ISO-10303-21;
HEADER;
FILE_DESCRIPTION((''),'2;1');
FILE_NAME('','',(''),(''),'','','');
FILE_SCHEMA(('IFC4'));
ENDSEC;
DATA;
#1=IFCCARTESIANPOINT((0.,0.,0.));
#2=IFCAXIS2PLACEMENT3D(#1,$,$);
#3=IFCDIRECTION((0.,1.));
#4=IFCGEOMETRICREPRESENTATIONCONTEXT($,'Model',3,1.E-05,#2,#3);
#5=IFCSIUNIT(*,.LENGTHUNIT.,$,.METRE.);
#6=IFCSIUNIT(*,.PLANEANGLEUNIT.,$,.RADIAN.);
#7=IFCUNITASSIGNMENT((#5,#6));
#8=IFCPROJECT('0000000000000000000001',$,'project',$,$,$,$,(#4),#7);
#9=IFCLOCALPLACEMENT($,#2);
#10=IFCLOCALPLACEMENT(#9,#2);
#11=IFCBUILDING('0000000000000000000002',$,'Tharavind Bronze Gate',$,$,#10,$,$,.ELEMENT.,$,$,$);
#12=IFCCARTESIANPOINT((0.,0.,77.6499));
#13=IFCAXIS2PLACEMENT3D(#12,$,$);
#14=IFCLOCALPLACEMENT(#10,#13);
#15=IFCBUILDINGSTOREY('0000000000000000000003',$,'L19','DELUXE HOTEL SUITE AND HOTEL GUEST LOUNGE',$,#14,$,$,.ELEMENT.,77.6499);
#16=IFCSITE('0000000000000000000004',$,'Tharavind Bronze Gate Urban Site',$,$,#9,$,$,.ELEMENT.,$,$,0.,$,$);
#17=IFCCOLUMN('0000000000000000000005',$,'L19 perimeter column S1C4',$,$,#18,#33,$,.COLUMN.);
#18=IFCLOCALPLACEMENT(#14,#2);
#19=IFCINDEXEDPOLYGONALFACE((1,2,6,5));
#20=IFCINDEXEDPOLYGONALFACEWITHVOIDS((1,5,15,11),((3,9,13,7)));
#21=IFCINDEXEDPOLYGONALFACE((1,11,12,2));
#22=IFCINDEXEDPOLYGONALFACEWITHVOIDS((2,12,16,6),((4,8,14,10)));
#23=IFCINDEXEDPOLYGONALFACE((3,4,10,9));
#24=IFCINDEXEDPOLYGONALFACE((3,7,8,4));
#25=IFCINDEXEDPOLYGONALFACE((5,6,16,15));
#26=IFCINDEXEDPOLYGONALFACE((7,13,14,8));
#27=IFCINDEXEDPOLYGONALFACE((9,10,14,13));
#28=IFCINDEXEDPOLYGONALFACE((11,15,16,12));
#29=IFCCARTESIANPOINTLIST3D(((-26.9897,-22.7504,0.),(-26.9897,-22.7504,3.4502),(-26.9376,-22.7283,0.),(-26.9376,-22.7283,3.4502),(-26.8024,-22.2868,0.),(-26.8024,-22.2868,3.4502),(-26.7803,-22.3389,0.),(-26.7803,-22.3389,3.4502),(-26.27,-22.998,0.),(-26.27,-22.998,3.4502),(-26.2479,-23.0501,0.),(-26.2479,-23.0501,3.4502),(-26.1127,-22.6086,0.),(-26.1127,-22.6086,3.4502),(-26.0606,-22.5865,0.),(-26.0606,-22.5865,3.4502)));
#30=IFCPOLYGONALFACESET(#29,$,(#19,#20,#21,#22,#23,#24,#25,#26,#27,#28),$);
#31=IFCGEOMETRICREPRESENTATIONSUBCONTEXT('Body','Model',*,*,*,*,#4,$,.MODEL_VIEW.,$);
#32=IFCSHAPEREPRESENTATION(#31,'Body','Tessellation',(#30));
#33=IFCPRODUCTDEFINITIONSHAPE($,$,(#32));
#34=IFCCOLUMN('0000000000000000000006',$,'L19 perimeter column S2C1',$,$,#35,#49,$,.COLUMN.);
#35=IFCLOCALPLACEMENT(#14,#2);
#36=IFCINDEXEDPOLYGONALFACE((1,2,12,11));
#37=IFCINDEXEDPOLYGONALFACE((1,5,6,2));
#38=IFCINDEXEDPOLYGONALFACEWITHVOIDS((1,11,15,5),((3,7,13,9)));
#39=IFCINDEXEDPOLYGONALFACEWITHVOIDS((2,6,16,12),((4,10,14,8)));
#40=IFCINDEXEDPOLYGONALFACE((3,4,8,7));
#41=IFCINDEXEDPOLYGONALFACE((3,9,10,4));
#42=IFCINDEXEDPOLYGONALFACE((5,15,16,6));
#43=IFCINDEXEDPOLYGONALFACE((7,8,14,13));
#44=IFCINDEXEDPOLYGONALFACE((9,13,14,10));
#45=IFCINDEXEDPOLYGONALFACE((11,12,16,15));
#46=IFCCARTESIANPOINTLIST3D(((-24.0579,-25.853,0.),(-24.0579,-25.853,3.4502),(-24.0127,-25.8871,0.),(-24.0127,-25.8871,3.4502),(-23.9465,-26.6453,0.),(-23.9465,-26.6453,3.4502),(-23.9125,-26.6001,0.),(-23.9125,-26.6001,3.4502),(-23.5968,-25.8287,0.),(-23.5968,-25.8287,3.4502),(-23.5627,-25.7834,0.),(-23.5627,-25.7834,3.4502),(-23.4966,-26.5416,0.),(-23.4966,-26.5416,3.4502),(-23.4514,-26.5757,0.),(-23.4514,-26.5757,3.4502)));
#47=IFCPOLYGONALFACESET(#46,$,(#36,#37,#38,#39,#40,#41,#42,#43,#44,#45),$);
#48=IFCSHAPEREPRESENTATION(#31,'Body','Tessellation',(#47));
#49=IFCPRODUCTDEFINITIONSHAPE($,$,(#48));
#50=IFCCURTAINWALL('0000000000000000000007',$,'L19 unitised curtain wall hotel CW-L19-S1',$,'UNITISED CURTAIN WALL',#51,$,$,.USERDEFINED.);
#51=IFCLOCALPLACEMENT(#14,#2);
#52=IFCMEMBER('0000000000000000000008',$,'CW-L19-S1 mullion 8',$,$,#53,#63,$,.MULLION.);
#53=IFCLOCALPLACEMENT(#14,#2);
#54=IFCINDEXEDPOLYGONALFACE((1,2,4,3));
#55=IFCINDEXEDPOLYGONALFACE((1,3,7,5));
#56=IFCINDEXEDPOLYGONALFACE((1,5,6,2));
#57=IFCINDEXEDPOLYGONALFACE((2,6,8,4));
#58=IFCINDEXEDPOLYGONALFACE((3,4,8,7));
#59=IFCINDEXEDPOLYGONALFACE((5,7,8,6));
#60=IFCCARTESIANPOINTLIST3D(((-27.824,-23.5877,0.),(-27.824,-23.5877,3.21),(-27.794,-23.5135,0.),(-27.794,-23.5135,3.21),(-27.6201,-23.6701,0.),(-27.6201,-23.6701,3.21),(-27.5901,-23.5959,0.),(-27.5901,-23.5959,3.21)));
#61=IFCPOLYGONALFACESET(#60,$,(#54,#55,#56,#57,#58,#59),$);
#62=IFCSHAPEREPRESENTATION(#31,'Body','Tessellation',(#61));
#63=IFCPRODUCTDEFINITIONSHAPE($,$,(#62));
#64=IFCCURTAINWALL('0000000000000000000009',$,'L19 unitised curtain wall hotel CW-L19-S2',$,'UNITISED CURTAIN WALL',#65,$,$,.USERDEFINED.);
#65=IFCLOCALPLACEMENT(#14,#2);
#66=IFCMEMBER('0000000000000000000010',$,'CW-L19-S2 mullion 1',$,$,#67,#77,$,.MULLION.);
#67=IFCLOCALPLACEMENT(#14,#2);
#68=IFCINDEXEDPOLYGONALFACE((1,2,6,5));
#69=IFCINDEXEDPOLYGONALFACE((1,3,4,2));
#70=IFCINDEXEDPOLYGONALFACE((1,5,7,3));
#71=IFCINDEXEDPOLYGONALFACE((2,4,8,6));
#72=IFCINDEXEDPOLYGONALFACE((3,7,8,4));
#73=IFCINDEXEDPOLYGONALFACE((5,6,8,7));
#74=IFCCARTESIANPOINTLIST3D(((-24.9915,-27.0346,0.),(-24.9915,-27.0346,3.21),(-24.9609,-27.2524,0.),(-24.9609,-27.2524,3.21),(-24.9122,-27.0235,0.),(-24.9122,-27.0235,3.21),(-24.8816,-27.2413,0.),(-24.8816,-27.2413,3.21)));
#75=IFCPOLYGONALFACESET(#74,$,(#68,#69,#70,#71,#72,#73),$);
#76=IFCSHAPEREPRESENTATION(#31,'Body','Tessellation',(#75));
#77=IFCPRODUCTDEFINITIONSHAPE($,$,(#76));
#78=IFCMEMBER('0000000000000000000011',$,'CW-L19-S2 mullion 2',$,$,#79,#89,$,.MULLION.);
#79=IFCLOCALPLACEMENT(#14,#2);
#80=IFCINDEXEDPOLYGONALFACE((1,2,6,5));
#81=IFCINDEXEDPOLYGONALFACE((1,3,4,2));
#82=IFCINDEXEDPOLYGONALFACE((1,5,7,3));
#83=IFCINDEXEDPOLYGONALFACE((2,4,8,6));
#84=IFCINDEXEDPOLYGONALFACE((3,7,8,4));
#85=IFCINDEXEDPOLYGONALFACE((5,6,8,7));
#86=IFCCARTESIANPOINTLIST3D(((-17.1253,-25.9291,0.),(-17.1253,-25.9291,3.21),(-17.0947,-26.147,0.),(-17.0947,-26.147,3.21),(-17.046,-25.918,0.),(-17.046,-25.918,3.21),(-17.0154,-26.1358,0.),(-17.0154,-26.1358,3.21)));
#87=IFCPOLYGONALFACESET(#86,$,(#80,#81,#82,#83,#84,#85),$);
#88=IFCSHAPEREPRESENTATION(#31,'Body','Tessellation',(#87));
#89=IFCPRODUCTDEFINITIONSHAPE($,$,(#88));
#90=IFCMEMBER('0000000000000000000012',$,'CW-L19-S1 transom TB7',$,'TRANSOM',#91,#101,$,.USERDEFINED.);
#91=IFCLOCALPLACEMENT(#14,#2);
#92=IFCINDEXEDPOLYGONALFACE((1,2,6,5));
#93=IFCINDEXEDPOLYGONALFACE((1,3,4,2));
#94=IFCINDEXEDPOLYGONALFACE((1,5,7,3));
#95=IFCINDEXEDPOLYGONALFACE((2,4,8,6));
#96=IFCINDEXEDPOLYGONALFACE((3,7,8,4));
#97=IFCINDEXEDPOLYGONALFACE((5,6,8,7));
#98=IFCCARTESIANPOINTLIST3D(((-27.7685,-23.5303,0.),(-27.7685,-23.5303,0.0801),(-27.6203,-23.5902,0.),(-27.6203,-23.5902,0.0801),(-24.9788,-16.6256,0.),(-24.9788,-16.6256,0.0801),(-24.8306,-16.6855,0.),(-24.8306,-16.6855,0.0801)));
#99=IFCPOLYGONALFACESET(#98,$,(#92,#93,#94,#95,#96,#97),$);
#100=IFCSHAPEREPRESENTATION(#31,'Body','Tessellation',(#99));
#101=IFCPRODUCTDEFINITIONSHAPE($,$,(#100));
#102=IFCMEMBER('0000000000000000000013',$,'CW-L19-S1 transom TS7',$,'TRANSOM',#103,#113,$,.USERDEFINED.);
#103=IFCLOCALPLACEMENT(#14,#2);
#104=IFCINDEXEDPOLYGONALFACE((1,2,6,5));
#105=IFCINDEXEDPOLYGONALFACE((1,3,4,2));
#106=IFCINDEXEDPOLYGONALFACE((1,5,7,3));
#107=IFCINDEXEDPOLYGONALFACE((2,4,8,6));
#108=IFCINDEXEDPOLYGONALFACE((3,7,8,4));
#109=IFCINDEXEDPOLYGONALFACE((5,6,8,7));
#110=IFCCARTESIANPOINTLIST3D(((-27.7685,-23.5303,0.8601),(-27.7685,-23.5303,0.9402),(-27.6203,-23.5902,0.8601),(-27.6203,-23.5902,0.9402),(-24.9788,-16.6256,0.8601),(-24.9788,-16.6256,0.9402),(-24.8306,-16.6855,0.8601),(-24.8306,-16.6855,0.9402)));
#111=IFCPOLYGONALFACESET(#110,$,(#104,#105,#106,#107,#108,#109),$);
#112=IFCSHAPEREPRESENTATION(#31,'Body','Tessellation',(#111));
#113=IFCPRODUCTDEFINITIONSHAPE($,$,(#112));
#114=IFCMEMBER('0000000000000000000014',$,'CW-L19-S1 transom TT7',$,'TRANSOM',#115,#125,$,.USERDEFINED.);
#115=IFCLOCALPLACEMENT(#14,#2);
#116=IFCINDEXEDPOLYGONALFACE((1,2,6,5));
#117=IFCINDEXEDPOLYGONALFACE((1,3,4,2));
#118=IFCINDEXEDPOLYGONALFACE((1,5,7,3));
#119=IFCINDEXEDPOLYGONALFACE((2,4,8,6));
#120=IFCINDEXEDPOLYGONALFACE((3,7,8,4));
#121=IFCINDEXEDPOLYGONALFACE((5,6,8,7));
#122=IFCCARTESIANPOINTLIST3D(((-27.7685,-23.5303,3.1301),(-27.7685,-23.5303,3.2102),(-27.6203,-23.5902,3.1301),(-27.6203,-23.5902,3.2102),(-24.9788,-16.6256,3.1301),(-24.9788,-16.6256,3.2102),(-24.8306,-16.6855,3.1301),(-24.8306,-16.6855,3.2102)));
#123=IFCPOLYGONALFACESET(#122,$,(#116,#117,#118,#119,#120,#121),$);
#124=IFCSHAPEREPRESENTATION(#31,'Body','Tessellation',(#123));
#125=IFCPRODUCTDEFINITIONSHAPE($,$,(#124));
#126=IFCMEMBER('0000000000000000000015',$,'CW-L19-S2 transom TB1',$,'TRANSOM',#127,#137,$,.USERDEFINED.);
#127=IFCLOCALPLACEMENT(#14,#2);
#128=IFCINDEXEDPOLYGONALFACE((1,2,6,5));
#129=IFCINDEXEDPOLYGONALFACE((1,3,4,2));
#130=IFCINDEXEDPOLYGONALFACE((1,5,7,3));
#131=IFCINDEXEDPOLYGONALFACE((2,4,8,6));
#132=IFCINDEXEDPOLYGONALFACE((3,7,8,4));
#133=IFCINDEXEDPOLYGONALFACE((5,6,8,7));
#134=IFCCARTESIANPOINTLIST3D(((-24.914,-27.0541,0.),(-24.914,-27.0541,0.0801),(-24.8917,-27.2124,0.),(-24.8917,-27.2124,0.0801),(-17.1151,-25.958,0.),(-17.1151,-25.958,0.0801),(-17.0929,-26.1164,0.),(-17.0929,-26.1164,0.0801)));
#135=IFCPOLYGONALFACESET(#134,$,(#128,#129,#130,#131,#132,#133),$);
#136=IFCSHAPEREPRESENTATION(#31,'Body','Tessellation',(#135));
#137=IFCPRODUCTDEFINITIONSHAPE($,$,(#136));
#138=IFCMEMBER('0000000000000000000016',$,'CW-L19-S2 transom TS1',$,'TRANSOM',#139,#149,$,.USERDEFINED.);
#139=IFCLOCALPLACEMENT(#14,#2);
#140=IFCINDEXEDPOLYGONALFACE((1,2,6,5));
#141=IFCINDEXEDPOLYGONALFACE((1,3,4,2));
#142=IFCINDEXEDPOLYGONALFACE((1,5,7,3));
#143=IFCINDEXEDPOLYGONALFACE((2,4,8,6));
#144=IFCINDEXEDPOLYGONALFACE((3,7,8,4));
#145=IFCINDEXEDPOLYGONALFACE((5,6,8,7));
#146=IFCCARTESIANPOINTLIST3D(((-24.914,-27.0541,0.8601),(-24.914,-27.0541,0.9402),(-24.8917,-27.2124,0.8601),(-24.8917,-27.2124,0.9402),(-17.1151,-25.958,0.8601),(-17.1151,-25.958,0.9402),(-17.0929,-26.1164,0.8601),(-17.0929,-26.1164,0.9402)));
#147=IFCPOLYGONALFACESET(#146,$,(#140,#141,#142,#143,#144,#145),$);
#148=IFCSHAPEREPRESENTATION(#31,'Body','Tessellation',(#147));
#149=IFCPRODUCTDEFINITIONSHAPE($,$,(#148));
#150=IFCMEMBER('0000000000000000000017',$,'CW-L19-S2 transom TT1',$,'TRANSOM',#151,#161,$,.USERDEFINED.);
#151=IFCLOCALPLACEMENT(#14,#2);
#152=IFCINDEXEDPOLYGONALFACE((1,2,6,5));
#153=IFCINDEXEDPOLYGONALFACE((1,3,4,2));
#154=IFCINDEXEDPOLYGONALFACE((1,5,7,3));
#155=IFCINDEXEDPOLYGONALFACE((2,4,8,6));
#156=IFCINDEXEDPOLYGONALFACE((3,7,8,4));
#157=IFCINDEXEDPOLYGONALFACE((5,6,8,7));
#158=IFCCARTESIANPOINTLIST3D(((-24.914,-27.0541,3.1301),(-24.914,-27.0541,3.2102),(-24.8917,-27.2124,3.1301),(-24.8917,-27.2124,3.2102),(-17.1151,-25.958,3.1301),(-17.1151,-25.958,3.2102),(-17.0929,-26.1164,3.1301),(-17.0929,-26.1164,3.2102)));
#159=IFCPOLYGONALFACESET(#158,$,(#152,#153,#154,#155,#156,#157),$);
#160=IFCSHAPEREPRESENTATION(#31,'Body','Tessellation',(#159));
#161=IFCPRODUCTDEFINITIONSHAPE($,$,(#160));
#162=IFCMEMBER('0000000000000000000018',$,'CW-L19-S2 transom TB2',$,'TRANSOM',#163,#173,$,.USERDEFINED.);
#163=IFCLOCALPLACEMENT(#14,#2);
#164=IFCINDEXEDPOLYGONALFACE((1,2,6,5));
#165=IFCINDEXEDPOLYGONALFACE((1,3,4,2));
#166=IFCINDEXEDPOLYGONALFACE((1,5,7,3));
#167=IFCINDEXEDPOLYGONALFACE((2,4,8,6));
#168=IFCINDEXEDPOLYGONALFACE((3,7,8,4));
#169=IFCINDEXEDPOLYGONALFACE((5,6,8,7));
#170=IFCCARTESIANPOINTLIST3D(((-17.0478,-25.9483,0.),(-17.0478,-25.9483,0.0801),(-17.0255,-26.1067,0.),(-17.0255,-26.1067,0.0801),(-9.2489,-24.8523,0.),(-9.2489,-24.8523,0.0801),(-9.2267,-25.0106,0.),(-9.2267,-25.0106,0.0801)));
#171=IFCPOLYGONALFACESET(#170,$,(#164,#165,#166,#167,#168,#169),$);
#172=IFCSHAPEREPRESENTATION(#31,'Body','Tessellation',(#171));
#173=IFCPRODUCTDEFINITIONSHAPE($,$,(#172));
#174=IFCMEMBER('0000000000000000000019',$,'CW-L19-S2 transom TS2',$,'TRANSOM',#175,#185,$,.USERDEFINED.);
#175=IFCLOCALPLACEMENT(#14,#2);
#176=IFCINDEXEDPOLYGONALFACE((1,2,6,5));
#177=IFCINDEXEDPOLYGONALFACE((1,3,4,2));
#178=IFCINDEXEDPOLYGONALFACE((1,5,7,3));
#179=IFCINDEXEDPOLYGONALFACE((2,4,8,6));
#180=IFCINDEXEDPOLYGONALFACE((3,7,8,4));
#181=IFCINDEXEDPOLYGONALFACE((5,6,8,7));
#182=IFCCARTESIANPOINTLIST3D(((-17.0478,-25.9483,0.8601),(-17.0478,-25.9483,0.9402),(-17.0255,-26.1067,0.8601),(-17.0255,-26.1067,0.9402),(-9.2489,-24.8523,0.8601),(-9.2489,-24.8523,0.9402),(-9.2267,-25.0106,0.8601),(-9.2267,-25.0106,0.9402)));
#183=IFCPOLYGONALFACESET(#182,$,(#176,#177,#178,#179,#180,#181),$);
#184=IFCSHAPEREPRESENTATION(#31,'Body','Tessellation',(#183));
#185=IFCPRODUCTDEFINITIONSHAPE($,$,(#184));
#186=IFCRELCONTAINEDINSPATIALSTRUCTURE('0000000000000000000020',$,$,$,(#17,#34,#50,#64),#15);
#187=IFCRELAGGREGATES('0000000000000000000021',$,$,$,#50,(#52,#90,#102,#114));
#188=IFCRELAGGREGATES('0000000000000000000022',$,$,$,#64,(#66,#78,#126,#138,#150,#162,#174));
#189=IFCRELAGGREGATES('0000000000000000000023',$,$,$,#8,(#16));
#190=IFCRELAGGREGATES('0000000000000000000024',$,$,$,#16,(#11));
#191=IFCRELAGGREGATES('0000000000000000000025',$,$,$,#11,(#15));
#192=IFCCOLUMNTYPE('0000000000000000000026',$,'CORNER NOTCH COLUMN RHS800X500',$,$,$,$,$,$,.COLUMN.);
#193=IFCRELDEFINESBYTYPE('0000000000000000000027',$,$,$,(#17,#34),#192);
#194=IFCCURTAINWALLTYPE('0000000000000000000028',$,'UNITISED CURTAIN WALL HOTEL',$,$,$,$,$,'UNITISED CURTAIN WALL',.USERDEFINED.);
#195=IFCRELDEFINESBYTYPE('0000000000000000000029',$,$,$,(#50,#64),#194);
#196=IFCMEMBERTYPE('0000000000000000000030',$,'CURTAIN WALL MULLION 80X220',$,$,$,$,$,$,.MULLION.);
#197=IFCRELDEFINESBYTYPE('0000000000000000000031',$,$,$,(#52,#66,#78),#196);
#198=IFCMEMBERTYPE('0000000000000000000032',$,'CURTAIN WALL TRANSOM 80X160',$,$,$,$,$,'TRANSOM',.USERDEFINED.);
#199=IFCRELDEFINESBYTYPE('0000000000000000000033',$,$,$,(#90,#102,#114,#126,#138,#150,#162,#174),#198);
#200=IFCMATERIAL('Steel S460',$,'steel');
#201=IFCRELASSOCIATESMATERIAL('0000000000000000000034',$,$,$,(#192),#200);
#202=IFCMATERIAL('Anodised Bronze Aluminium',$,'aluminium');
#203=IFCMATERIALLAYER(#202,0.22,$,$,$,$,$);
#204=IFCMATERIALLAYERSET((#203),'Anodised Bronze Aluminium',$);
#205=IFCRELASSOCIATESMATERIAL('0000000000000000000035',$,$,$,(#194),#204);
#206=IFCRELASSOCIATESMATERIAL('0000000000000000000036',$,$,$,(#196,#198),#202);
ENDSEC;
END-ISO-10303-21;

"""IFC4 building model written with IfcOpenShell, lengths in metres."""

from ifc_helpers import new_model, si_unit, direction, frame, origin, origin_2d, place, context, subcontext, project, spatial, rectangle, hollow_rectangle, extrude, material, layer, layer_set, material_profile, profile_set, type_object, element, aggregate, save


model = new_model("IFC4")

# Units and contexts
model_context = context("Model", 3, precision=1e-05, world=origin(), true_north=direction((0.0, 1.0)))
body_context = subcontext(model_context, "Body", "Model", "MODEL_VIEW")
ifc_project = project(units=[si_unit("LENGTHUNIT", "METRE"), si_unit("PLANEANGLEUNIT", "RADIAN")], contexts=[model_context])

# Site, building, storey
site_placement = place(None, origin())
site = spatial("IfcSite", under=ifc_project, at=site_placement, Name="Tharavind Bronze Gate Urban Site", CompositionType="ELEMENT", RefElevation=0.0)
building_placement = place(site_placement, origin())
building = spatial("IfcBuilding", under=site, at=building_placement, Name="Tharavind Bronze Gate", CompositionType="ELEMENT")
storey_placement = place(building_placement, frame((0.0, 0.0, 77.6499)))
storey = spatial("IfcBuildingStorey", under=building, at=storey_placement, Name="L19", Description="DELUXE HOTEL SUITE AND HOTEL GUEST LOUNGE", CompositionType="ELEMENT", Elevation=77.6499)

# Columns
ifc_material_1 = material(Name="Steel S460", Category="steel")
ifc_material_profile_1 = material_profile(ifc_material_1, hollow_rectangle(XDim=0.5, YDim=0.8, WallThickness=0.04, at=origin_2d()), Name="RHS800X500X40")
ifc_profile_set_1 = profile_set([ifc_material_profile_1], Name="Steel S460")
column_type = type_object("IfcColumnType", Name="CORNER NOTCH COLUMN RHS800X500", PredefinedType="COLUMN", material=ifc_profile_set_1)
for number, where, z_axis, x_axis, name in (
    (1, (-26.5251, -22.6685, 0.0), (0.0, 0.0, 1.0), (0.374608, 0.927183, 0.0), "L19 perimeter column S1C4"),
    (2, (-23.7546, -26.2144, 0.0), (0.0, 0.0, 1.0), (0.990268, 0.139173, 0.0), "L19 perimeter column S2C1"),
):
    element("IfcColumn", number, at=place(storey_placement, frame(where, z_axis=z_axis, x_axis=x_axis)), inside=storey, type_object=column_type, Name=name, PredefinedType="COLUMN", context=body_context, shape_type="SweptSolid", body=[
        extrude(hollow_rectangle(XDim=0.5, YDim=0.8, WallThickness=0.04, at=origin_2d()), origin(), (0.0, 0.0, 1.0), 3.4502),
    ])

# Curtain wall, member
ifc_material_2 = material(Name="Anodised Bronze Aluminium", Category="aluminium")
ifc_layer_1 = layer(ifc_material_2, 0.22)
ifc_layer_set_1 = layer_set([ifc_layer_1], Name="Anodised Bronze Aluminium")
curtain_wall_type = type_object("IfcCurtainWallType", Name="UNITISED CURTAIN WALL HOTEL", ElementType="UNITISED CURTAIN WALL", PredefinedType="USERDEFINED", material=ifc_layer_set_1)
curtain_wall_1_placement = place(storey_placement, origin())
curtain_wall_1 = element("IfcCurtainWall", 3, at=curtain_wall_1_placement, inside=storey, type_object=curtain_wall_type, Name="L19 unitised curtain wall hotel CW-L19-S1", ObjectType="UNITISED CURTAIN WALL", PredefinedType="USERDEFINED")
member_type_1 = type_object("IfcMemberType", Name="CURTAIN WALL MULLION 80X220", PredefinedType="MULLION", material=ifc_material_2)
member_1_placement = place(storey_placement, frame((-27.707, -23.5918, 0.0), z_axis=(0.0, 0.0, 1.0), x_axis=(-0.374607, -0.927184, 0.0)))
member_1 = element("IfcMember", 4, at=member_1_placement, type_object=member_type_1, Name="CW-L19-S1 mullion 8", PredefinedType="MULLION", context=body_context, shape_type="SweptSolid", body=[
    extrude(rectangle(XDim=0.0801, YDim=0.22, at=origin_2d()), origin(), (0.0, 0.0, 1.0), 3.21),
])

# Curtain wall, members
curtain_wall_2_placement = place(storey_placement, origin())
curtain_wall_2 = element("IfcCurtainWall", 5, at=curtain_wall_2_placement, inside=storey, type_object=curtain_wall_type, Name="L19 unitised curtain wall hotel CW-L19-S2", ObjectType="UNITISED CURTAIN WALL", PredefinedType="USERDEFINED")
member_2_placement = place(storey_placement, frame((-24.9365, -27.1379, 0.0), z_axis=(0.0, 0.0, 1.0), x_axis=(0.990268, 0.139173, 0.0)))
member_2 = element("IfcMember", 6, at=member_2_placement, type_object=member_type_1, Name="CW-L19-S2 mullion 1", PredefinedType="MULLION", context=body_context, shape_type="SweptSolid", body=[
    extrude(rectangle(XDim=0.0801, YDim=0.22, at=origin_2d()), origin(), (0.0, 0.0, 1.0), 3.21),
])
member_3_placement = place(storey_placement, frame((-17.0703, -26.0325, 0.0), z_axis=(0.0, 0.0, 1.0), x_axis=(0.990268, 0.139173, 0.0)))
member_3 = element("IfcMember", 7, at=member_3_placement, type_object=member_type_1, Name="CW-L19-S2 mullion 2", PredefinedType="MULLION", context=body_context, shape_type="SweptSolid", body=[
    extrude(rectangle(XDim=0.0801, YDim=0.22, at=origin_2d()), origin(), (0.0, 0.0, 1.0), 3.21),
])

# Members
member_type_2 = type_object("IfcMemberType", Name="CURTAIN WALL TRANSOM 80X160", ElementType="TRANSOM", PredefinedType="USERDEFINED", material=ifc_material_2)
member_4_placement = place(storey_placement, frame((-26.2996, -20.1079, 0.0), z_axis=(0.0, 0.0, 1.0), x_axis=(-0.374607, -0.927184, 0.0)))
member_4 = element("IfcMember", 8, at=member_4_placement, type_object=member_type_2, Name="CW-L19-S1 transom TB7", ObjectType="TRANSOM", PredefinedType="USERDEFINED", context=body_context, shape_type="SweptSolid", body=[
    extrude(rectangle(XDim=7.447, YDim=0.1599, at=origin_2d()), origin(), (0.0, 0.0, 1.0), 0.0801),
])
member_5_placement = place(storey_placement, frame((-26.2996, -20.1079, 0.8601), z_axis=(0.0, 0.0, 1.0), x_axis=(-0.374607, -0.927184, 0.0)))
member_5 = element("IfcMember", 9, at=member_5_placement, type_object=member_type_2, Name="CW-L19-S1 transom TS7", ObjectType="TRANSOM", PredefinedType="USERDEFINED", context=body_context, shape_type="SweptSolid", body=[
    extrude(rectangle(XDim=7.447, YDim=0.1599, at=origin_2d()), origin(), (0.0, 0.0, 1.0), 0.0801),
])
member_6_placement = place(storey_placement, frame((-26.2996, -20.1079, 3.1301), z_axis=(0.0, 0.0, 1.0), x_axis=(-0.374607, -0.927184, 0.0)))
member_6 = element("IfcMember", 10, at=member_6_placement, type_object=member_type_2, Name="CW-L19-S1 transom TT7", ObjectType="TRANSOM", PredefinedType="USERDEFINED", context=body_context, shape_type="SweptSolid", body=[
    extrude(rectangle(XDim=7.447, YDim=0.1599, at=origin_2d()), origin(), (0.0, 0.0, 1.0), 0.0801),
])
member_7_placement = place(storey_placement, frame((-21.0034, -26.5852, 0.0), z_axis=(0.0, 0.0, 1.0), x_axis=(0.990268, 0.139173, 0.0)))
member_7 = element("IfcMember", 11, at=member_7_placement, type_object=member_type_2, Name="CW-L19-S2 transom TB1", ObjectType="TRANSOM", PredefinedType="USERDEFINED", context=body_context, shape_type="SweptSolid", body=[
    extrude(rectangle(XDim=7.8755, YDim=0.1599, at=origin_2d()), origin(), (0.0, 0.0, 1.0), 0.0801),
])
member_8_placement = place(storey_placement, frame((-21.0034, -26.5852, 0.8601), z_axis=(0.0, 0.0, 1.0), x_axis=(0.990268, 0.139173, 0.0)))
member_8 = element("IfcMember", 12, at=member_8_placement, type_object=member_type_2, Name="CW-L19-S2 transom TS1", ObjectType="TRANSOM", PredefinedType="USERDEFINED", context=body_context, shape_type="SweptSolid", body=[
    extrude(rectangle(XDim=7.8755, YDim=0.1599, at=origin_2d()), origin(), (0.0, 0.0, 1.0), 0.0801),
])
member_9_placement = place(storey_placement, frame((-21.0034, -26.5852, 3.1301), z_axis=(0.0, 0.0, 1.0), x_axis=(0.990268, 0.139173, 0.0)))
member_9 = element("IfcMember", 13, at=member_9_placement, type_object=member_type_2, Name="CW-L19-S2 transom TT1", ObjectType="TRANSOM", PredefinedType="USERDEFINED", context=body_context, shape_type="SweptSolid", body=[
    extrude(rectangle(XDim=7.8755, YDim=0.1599, at=origin_2d()), origin(), (0.0, 0.0, 1.0), 0.0801),
])
member_10_placement = place(storey_placement, frame((-13.1372, -25.4795, 0.0), z_axis=(0.0, 0.0, 1.0), x_axis=(0.990268, 0.139173, 0.0)))
member_10 = element("IfcMember", 14, at=member_10_placement, type_object=member_type_2, Name="CW-L19-S2 transom TB2", ObjectType="TRANSOM", PredefinedType="USERDEFINED", context=body_context, shape_type="SweptSolid", body=[
    extrude(rectangle(XDim=7.8755, YDim=0.1599, at=origin_2d()), origin(), (0.0, 0.0, 1.0), 0.0801),
])
member_11_placement = place(storey_placement, frame((-13.1372, -25.4795, 0.8601), z_axis=(0.0, 0.0, 1.0), x_axis=(0.990268, 0.139173, 0.0)))
member_11 = element("IfcMember", 15, at=member_11_placement, type_object=member_type_2, Name="CW-L19-S2 transom TS2", ObjectType="TRANSOM", PredefinedType="USERDEFINED", context=body_context, shape_type="SweptSolid", body=[
    extrude(rectangle(XDim=7.8755, YDim=0.1599, at=origin_2d()), origin(), (0.0, 0.0, 1.0), 0.0801),
])

aggregate(curtain_wall_1, [member_1, member_4, member_5, member_6])
aggregate(curtain_wall_2, [member_2, member_3, member_7, member_8, member_9, member_10, member_11])

save(model, "model.ifc")
